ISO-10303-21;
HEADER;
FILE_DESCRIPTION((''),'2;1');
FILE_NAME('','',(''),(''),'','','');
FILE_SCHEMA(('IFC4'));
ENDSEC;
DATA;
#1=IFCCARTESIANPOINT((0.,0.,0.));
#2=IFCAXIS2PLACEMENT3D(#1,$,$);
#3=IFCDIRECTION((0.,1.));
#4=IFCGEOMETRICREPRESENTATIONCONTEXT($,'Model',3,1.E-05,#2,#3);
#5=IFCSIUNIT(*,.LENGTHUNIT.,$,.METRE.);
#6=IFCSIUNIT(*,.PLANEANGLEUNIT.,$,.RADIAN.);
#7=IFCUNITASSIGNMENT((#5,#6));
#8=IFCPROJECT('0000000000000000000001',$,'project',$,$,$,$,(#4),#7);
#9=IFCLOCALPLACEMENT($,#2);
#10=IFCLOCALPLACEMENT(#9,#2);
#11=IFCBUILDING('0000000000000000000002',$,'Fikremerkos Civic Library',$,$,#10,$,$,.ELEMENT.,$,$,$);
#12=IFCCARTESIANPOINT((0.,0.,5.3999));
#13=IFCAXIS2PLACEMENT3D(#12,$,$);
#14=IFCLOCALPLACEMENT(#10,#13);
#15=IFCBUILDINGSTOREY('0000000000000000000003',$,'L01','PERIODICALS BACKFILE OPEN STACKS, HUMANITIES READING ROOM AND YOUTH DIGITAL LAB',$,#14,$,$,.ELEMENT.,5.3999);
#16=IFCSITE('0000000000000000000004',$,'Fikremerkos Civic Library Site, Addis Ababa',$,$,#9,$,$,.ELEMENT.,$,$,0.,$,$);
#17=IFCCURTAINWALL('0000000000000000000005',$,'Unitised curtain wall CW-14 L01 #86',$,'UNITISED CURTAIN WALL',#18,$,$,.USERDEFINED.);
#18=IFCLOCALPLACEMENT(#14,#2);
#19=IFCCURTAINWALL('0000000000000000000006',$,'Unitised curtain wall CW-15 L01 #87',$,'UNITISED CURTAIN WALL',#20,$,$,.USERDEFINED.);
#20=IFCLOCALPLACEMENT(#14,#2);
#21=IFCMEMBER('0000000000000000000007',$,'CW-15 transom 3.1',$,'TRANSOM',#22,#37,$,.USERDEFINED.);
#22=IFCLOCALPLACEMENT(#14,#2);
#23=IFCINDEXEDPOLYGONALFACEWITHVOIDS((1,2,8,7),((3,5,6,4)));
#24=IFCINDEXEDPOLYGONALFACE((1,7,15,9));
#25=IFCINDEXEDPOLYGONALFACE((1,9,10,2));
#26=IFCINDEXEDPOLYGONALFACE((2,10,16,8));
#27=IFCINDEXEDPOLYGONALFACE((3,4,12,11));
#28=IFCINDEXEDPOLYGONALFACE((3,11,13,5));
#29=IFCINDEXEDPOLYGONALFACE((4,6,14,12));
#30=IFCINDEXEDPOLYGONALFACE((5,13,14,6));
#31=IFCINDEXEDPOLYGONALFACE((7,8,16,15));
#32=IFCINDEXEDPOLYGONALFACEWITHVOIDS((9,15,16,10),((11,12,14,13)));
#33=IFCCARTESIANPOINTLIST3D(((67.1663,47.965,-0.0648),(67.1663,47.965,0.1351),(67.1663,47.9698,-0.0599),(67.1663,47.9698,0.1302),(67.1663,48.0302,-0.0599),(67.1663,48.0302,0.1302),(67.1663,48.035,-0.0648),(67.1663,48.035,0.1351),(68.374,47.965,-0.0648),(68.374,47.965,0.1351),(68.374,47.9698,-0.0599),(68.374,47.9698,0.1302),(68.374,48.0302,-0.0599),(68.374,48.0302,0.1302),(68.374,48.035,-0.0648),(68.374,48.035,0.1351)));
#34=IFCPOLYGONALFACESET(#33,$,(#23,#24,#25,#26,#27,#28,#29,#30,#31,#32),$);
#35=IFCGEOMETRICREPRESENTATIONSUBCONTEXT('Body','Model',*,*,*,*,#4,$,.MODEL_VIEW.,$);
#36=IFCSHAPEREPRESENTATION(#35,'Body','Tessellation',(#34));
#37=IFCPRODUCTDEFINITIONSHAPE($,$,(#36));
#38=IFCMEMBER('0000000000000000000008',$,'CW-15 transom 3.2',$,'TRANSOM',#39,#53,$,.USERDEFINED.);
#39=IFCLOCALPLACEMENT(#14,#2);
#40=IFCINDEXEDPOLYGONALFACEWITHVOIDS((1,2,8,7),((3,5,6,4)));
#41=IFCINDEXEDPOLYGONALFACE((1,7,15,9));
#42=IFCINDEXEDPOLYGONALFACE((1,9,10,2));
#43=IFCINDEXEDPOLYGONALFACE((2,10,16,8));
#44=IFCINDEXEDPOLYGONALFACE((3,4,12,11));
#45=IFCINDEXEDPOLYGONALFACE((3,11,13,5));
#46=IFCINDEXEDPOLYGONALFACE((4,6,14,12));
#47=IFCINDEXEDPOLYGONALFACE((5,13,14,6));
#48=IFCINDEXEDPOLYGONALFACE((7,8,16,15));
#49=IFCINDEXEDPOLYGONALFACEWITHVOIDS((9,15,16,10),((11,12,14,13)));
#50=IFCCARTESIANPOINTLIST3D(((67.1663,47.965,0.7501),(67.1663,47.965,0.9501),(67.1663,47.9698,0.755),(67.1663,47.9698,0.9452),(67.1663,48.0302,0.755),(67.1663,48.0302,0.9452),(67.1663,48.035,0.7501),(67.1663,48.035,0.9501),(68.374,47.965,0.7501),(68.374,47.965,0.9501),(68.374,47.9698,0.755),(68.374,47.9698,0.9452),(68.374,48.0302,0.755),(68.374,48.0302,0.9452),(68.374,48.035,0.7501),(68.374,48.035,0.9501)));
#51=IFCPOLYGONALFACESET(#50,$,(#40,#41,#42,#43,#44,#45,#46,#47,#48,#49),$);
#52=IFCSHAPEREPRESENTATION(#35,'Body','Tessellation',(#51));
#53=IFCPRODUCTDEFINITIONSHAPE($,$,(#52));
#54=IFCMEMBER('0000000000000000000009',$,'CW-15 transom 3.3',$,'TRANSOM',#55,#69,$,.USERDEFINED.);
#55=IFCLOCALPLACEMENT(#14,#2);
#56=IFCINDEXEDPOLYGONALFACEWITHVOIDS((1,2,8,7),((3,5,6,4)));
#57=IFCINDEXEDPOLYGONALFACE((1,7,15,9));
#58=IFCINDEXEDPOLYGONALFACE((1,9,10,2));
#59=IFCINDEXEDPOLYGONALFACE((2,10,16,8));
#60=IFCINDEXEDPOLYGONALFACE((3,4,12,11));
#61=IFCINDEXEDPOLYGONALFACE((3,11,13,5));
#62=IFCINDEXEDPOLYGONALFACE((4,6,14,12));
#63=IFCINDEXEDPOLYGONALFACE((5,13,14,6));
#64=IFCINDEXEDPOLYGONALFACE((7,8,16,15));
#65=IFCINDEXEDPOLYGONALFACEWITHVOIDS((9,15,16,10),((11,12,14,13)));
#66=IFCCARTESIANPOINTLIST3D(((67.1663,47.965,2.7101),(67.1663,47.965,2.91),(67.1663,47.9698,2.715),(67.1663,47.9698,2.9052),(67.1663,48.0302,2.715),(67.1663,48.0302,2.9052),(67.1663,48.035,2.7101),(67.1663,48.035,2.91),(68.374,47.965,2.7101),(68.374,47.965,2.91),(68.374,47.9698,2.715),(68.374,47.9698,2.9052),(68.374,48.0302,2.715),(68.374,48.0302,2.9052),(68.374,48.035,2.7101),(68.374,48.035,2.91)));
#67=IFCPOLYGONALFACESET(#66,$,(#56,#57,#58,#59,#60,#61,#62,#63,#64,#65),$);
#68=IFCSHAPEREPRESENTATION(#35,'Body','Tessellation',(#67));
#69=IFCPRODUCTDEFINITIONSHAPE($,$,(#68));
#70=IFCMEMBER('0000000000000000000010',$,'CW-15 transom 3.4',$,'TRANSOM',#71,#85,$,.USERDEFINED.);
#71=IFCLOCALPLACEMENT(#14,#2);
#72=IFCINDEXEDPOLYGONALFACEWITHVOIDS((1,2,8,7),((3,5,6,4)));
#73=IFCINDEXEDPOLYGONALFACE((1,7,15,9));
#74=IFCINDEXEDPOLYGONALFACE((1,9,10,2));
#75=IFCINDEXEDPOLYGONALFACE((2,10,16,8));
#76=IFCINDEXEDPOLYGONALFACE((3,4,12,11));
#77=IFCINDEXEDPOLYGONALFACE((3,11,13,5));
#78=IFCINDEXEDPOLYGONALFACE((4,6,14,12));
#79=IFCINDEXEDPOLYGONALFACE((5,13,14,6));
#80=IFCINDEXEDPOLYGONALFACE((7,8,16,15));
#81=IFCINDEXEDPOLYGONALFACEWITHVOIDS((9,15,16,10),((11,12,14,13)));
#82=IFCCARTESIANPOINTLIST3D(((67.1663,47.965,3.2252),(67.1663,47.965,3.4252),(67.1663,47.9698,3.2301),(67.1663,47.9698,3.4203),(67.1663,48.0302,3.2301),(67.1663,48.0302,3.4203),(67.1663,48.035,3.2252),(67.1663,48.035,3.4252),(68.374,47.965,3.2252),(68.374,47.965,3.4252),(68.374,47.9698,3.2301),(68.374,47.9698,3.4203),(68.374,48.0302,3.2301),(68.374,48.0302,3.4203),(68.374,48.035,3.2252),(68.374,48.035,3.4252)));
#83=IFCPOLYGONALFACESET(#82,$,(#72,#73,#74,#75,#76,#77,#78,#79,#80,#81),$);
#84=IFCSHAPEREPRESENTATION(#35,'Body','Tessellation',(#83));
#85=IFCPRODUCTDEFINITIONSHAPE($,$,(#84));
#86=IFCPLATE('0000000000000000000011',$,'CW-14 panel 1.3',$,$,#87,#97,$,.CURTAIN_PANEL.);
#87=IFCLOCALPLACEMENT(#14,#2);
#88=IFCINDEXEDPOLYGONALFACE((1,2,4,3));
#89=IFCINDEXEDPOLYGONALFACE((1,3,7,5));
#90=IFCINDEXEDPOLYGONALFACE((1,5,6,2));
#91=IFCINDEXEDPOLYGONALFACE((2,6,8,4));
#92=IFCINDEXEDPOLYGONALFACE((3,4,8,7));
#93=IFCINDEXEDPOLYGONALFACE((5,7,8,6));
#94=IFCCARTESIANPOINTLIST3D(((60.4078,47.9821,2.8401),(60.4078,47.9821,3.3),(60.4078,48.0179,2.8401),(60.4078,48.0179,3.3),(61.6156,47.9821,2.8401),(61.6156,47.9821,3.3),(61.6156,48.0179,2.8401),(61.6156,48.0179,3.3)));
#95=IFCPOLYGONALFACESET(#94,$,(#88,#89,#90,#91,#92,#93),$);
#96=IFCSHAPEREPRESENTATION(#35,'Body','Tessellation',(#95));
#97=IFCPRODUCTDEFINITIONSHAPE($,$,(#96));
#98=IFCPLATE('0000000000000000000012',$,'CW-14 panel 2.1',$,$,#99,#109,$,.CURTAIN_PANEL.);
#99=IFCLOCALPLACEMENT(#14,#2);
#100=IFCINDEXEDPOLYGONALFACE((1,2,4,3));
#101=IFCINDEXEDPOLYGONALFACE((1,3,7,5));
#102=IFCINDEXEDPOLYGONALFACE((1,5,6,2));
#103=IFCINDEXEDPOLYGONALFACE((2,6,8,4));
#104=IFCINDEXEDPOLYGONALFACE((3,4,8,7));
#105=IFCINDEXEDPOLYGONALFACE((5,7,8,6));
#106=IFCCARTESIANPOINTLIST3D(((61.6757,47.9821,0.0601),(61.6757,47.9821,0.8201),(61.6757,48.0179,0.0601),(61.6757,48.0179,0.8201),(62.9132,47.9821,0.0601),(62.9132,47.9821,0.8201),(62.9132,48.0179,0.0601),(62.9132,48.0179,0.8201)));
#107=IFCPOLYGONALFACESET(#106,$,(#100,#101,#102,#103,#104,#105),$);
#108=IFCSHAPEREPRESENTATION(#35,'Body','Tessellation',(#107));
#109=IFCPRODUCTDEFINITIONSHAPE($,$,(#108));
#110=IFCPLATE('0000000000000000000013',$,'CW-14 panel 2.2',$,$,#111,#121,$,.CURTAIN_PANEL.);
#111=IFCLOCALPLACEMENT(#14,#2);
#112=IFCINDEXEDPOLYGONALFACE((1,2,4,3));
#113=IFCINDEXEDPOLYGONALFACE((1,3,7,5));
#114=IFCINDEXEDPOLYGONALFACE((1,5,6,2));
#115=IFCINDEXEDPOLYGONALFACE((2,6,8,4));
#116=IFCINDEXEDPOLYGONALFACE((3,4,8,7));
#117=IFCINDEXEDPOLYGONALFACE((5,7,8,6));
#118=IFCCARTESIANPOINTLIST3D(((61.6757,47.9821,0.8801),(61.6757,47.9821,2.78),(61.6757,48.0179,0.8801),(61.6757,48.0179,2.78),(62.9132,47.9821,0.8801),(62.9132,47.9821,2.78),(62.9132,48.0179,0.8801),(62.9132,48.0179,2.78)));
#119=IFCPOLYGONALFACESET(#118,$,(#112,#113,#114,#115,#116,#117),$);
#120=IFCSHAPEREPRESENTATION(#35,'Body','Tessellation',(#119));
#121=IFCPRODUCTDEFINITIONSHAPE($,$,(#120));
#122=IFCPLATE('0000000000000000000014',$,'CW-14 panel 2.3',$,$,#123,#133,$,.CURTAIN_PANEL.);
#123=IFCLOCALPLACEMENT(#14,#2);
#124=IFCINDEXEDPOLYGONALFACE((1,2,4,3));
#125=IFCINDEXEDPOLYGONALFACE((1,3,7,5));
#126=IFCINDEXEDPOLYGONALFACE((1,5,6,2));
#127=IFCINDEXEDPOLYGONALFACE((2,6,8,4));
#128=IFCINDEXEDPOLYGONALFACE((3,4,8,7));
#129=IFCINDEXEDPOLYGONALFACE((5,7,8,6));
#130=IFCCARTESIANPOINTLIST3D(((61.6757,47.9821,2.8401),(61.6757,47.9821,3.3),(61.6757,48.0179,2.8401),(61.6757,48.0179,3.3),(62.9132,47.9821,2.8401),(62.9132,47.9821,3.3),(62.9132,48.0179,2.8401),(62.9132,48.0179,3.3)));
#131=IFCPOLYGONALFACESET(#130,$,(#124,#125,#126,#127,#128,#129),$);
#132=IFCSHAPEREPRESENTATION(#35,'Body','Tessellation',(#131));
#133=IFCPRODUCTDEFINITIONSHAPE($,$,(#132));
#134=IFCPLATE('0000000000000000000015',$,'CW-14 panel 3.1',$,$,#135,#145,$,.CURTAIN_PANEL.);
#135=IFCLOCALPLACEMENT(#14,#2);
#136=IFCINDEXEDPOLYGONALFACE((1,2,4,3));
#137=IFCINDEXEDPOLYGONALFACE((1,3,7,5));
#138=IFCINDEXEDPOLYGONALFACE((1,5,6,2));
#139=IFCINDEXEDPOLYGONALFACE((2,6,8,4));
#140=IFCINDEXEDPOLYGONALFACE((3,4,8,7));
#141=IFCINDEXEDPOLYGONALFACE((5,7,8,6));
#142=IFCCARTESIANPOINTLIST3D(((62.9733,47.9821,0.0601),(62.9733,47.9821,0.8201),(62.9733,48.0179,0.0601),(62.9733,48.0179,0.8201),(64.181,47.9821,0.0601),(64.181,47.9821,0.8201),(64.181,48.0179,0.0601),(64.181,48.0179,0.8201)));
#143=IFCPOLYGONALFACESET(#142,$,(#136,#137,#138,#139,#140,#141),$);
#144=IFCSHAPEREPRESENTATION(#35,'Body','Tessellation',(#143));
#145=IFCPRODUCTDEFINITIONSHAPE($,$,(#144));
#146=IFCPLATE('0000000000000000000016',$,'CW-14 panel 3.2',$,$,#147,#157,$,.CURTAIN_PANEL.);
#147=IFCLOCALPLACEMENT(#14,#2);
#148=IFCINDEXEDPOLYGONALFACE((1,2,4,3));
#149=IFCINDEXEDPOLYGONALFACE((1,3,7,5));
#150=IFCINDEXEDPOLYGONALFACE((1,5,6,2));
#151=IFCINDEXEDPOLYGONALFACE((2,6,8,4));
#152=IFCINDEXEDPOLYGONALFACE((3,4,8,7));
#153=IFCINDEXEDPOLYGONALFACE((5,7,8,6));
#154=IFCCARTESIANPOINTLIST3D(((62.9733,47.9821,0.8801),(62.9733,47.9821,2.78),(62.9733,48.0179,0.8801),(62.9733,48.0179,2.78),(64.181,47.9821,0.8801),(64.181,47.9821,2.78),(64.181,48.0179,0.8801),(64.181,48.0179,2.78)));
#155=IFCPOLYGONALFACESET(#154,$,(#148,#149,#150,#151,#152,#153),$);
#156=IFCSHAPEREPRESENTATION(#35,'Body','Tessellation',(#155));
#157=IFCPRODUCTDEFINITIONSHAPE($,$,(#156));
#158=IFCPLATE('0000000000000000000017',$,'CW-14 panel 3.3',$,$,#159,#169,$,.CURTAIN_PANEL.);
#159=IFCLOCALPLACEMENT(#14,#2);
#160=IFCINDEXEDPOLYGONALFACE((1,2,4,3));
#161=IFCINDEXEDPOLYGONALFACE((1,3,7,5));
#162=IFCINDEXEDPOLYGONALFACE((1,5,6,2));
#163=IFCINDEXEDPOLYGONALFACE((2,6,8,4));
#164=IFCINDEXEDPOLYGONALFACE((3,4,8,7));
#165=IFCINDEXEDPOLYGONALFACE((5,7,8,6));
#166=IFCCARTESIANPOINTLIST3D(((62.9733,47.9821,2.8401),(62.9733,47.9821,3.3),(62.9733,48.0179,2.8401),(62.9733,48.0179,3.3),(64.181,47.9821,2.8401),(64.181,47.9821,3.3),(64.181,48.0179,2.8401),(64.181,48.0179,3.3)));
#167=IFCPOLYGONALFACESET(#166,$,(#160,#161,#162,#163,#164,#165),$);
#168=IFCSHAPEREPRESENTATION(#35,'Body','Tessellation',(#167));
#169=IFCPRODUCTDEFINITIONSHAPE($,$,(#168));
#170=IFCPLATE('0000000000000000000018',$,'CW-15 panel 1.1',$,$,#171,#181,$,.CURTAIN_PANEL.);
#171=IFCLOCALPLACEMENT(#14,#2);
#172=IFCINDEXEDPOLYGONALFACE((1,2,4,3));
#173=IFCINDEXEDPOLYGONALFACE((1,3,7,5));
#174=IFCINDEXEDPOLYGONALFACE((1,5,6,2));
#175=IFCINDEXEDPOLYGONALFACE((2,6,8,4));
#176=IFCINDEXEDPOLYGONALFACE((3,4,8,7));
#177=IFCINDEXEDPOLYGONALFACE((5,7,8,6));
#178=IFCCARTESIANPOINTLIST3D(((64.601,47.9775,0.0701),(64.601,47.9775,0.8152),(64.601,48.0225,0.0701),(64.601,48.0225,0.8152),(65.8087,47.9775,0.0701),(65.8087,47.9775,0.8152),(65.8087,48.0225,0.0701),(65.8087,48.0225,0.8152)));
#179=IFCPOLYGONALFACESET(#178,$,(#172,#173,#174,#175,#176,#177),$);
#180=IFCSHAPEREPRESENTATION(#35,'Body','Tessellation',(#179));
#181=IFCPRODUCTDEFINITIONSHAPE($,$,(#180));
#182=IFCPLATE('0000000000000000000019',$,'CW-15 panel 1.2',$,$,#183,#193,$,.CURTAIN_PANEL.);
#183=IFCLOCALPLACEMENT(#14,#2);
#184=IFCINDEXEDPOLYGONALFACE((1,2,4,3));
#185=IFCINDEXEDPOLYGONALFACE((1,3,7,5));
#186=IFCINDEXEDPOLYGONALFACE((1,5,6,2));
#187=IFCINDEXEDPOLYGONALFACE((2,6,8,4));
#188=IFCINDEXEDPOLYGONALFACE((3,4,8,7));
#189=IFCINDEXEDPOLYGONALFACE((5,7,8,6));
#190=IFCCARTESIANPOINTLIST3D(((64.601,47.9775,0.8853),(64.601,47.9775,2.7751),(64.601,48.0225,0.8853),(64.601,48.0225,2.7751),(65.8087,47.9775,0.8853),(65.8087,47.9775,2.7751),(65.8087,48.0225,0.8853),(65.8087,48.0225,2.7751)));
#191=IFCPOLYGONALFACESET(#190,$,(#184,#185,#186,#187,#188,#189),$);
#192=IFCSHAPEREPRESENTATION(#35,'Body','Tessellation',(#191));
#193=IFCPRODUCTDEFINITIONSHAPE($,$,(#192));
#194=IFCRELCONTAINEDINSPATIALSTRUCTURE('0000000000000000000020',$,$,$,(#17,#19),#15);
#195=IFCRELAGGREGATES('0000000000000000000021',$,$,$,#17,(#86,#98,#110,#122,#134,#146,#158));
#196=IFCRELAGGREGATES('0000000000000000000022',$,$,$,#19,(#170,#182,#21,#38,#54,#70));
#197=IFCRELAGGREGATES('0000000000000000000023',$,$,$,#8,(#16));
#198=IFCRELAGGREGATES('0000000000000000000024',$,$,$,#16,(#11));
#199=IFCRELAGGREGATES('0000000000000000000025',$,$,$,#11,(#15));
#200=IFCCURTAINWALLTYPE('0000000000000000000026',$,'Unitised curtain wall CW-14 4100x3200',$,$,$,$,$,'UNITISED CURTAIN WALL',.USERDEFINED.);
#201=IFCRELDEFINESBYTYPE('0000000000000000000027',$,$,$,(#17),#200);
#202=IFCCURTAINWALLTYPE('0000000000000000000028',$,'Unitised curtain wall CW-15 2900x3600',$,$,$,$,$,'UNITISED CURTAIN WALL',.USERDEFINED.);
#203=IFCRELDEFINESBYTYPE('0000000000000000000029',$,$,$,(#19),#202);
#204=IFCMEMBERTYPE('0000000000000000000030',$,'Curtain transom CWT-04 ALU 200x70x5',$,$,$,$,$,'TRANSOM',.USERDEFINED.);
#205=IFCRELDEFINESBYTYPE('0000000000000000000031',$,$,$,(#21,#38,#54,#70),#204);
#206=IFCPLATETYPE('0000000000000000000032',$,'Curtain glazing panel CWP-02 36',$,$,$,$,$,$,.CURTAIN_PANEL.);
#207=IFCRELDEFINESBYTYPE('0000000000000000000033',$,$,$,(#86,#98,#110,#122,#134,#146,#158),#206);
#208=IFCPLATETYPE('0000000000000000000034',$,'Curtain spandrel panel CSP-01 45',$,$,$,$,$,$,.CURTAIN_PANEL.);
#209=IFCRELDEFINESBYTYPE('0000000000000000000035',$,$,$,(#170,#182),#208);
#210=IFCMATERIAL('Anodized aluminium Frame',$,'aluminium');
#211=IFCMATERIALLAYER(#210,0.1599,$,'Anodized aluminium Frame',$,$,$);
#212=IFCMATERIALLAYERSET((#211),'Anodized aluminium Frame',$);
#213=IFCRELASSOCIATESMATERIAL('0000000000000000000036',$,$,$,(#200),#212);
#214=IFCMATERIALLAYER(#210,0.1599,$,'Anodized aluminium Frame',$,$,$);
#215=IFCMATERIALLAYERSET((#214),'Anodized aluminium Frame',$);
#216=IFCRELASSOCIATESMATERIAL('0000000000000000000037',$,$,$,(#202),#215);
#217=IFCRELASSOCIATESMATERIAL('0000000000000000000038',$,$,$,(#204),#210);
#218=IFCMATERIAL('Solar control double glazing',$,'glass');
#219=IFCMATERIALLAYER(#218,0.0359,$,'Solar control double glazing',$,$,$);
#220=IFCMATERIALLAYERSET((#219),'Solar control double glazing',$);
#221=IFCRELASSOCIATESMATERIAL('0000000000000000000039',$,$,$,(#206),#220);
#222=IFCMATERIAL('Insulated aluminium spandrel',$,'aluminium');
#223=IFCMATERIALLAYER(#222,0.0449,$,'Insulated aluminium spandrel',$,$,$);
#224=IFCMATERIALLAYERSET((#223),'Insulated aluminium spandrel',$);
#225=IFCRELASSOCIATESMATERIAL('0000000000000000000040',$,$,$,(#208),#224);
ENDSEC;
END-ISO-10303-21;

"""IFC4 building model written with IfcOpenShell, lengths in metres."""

from ifc_helpers import new_model, si_unit, direction, frame, origin, origin_2d, place, context, subcontext, project, spatial, rectangle, hollow_rectangle, extrude, material, layer, layer_set, material_profile, profile_set, type_object, element, aggregate, save


model = new_model("IFC4")

# Units and contexts
model_context = context("Model", 3, precision=1e-05, world=origin(), true_north=direction((0.0, 1.0)))
body_context = subcontext(model_context, "Body", "Model", "MODEL_VIEW")
ifc_project = project(units=[si_unit("LENGTHUNIT", "METRE"), si_unit("PLANEANGLEUNIT", "RADIAN")], contexts=[model_context])

# Site, building, storey
site_placement = place(None, origin())
site = spatial("IfcSite", under=ifc_project, at=site_placement, Name="Fikremerkos Civic Library Site, Addis Ababa", CompositionType="ELEMENT", RefElevation=0.0)
building_placement = place(site_placement, origin())
building = spatial("IfcBuilding", under=site, at=building_placement, Name="Fikremerkos Civic Library", CompositionType="ELEMENT")
storey_placement = place(building_placement, frame((0.0, 0.0, 5.3999)))
storey = spatial("IfcBuildingStorey", under=building, at=storey_placement, Name="L01", Description="PERIODICALS BACKFILE OPEN STACKS, HUMANITIES READING ROOM AND YOUTH DIGITAL LAB", CompositionType="ELEMENT", Elevation=5.3999)

# Curtain walls
ifc_material_1 = material(Name="Anodized aluminium Frame", Category="aluminium")
ifc_layer_1 = layer(ifc_material_1, 0.1599, Name="Anodized aluminium Frame")
ifc_layer_set_1 = layer_set([ifc_layer_1], Name="Anodized aluminium Frame")
curtain_wall_type_1 = type_object("IfcCurtainWallType", Name="Unitised curtain wall CW-14 4100x3200", ElementType="UNITISED CURTAIN WALL", PredefinedType="USERDEFINED", material=ifc_layer_set_1)
curtain_wall_1_placement = place(storey_placement, origin())
curtain_wall_1 = element("IfcCurtainWall", 1, at=curtain_wall_1_placement, inside=storey, type_object=curtain_wall_type_1, Name="Unitised curtain wall CW-14 L01 #86", ObjectType="UNITISED CURTAIN WALL", PredefinedType="USERDEFINED")
ifc_layer_2 = layer(ifc_material_1, 0.1599, Name="Anodized aluminium Frame")
ifc_layer_set_2 = layer_set([ifc_layer_2], Name="Anodized aluminium Frame")
curtain_wall_type_2 = type_object("IfcCurtainWallType", Name="Unitised curtain wall CW-15 2900x3600", ElementType="UNITISED CURTAIN WALL", PredefinedType="USERDEFINED", material=ifc_layer_set_2)
curtain_wall_2_placement = place(storey_placement, origin())
curtain_wall_2 = element("IfcCurtainWall", 2, at=curtain_wall_2_placement, inside=storey, type_object=curtain_wall_type_2, Name="Unitised curtain wall CW-15 L01 #87", ObjectType="UNITISED CURTAIN WALL", PredefinedType="USERDEFINED")

# Members
ifc_material_profile_1 = material_profile(ifc_material_1, hollow_rectangle(XDim=0.0701, YDim=0.2, WallThickness=0.0049, at=origin_2d()), Name="ALU 200x70x5")
ifc_profile_set_1 = profile_set([ifc_material_profile_1], Name="Anodized aluminium Frame")
member_type_1 = type_object("IfcMemberType", Name="Curtain transom CWT-04 ALU 200x70x5", ElementType="TRANSOM", PredefinedType="USERDEFINED", material=ifc_profile_set_1)
member_1_placement = place(storey_placement, frame((67.1663, 48.0, 0.0352), z_axis=(1.0, 0.0, 0.0), x_axis=(0.0, 1.0, 0.0)))
member_1 = element("IfcMember", 3, at=member_1_placement, type_object=member_type_1, Name="CW-15 transom 3.1", ObjectType="TRANSOM", PredefinedType="USERDEFINED", context=body_context, shape_type="SweptSolid", body=[
    extrude(hollow_rectangle(XDim=0.0701, YDim=0.2, WallThickness=0.0049, at=origin_2d()), origin(), (0.0, 0.0, 1.0), 1.2078),
])
member_2_placement = place(storey_placement, frame((67.1663, 48.0, 0.8501), z_axis=(1.0, 0.0, 0.0), x_axis=(0.0, 1.0, 0.0)))
member_2 = element("IfcMember", 4, at=member_2_placement, type_object=member_type_1, Name="CW-15 transom 3.2", ObjectType="TRANSOM", PredefinedType="USERDEFINED", context=body_context, shape_type="SweptSolid", body=[
    extrude(hollow_rectangle(XDim=0.0701, YDim=0.2, WallThickness=0.0049, at=origin_2d()), origin(), (0.0, 0.0, 1.0), 1.2078),
])
member_3_placement = place(storey_placement, frame((67.1663, 48.0, 2.8101), z_axis=(1.0, 0.0, 0.0), x_axis=(0.0, 1.0, 0.0)))
member_3 = element("IfcMember", 5, at=member_3_placement, type_object=member_type_1, Name="CW-15 transom 3.3", ObjectType="TRANSOM", PredefinedType="USERDEFINED", context=body_context, shape_type="SweptSolid", body=[
    extrude(hollow_rectangle(XDim=0.0701, YDim=0.2, WallThickness=0.0049, at=origin_2d()), origin(), (0.0, 0.0, 1.0), 1.2078),
])
member_4_placement = place(storey_placement, frame((67.1663, 48.0, 3.3252), z_axis=(1.0, 0.0, 0.0), x_axis=(0.0, 1.0, 0.0)))
member_4 = element("IfcMember", 6, at=member_4_placement, type_object=member_type_1, Name="CW-15 transom 3.4", ObjectType="TRANSOM", PredefinedType="USERDEFINED", context=body_context, shape_type="SweptSolid", body=[
    extrude(hollow_rectangle(XDim=0.0701, YDim=0.2, WallThickness=0.0049, at=origin_2d()), origin(), (0.0, 0.0, 1.0), 1.2078),
])

# Plates
ifc_material_2 = material(Name="Solar control double glazing", Category="glass")
ifc_layer_3 = layer(ifc_material_2, 0.0359, Name="Solar control double glazing")
ifc_layer_set_3 = layer_set([ifc_layer_3], Name="Solar control double glazing")
plate_type_1 = type_object("IfcPlateType", Name="Curtain glazing panel CWP-02 36", PredefinedType="CURTAIN_PANEL", material=ifc_layer_set_3)
plate_1_placement = place(storey_placement, frame((61.0117, 48.0, 2.8401), z_axis=(0.0, 0.0, 1.0), x_axis=(1.0, 0.0, 0.0)))
plate_1 = element("IfcPlate", 7, at=plate_1_placement, type_object=plate_type_1, Name="CW-14 panel 1.3", PredefinedType="CURTAIN_PANEL", context=body_context, shape_type="SweptSolid", body=[
    extrude(rectangle(XDim=1.2078, YDim=0.0359, at=origin_2d()), origin(), (0.0, 0.0, 1.0), 0.46),
])
plate_2_placement = place(storey_placement, frame((62.2944, 48.0, 0.0601), z_axis=(0.0, 0.0, 1.0), x_axis=(1.0, 0.0, 0.0)))
plate_2 = element("IfcPlate", 8, at=plate_2_placement, type_object=plate_type_1, Name="CW-14 panel 2.1", PredefinedType="CURTAIN_PANEL", context=body_context, shape_type="SweptSolid", body=[
    extrude(rectangle(XDim=1.2375, YDim=0.0359, at=origin_2d()), origin(), (0.0, 0.0, 1.0), 0.76),
])
plate_3_placement = place(storey_placement, frame((62.2944, 48.0, 0.8801), z_axis=(0.0, 0.0, 1.0), x_axis=(1.0, 0.0, 0.0)))
plate_3 = element("IfcPlate", 9, at=plate_3_placement, type_object=plate_type_1, Name="CW-14 panel 2.2", PredefinedType="CURTAIN_PANEL", context=body_context, shape_type="SweptSolid", body=[
    extrude(rectangle(XDim=1.2375, YDim=0.0359, at=origin_2d()), origin(), (0.0, 0.0, 1.0), 1.8999),
])
plate_4_placement = place(storey_placement, frame((62.2944, 48.0, 2.8401), z_axis=(0.0, 0.0, 1.0), x_axis=(1.0, 0.0, 0.0)))
plate_4 = element("IfcPlate", 10, at=plate_4_placement, type_object=plate_type_1, Name="CW-14 panel 2.3", PredefinedType="CURTAIN_PANEL", context=body_context, shape_type="SweptSolid", body=[
    extrude(rectangle(XDim=1.2375, YDim=0.0359, at=origin_2d()), origin(), (0.0, 0.0, 1.0), 0.46),
])
plate_5_placement = place(storey_placement, frame((63.5771, 48.0, 0.0601), z_axis=(0.0, 0.0, 1.0), x_axis=(1.0, 0.0, 0.0)))
plate_5 = element("IfcPlate", 11, at=plate_5_placement, type_object=plate_type_1, Name="CW-14 panel 3.1", PredefinedType="CURTAIN_PANEL", context=body_context, shape_type="SweptSolid", body=[
    extrude(rectangle(XDim=1.2078, YDim=0.0359, at=origin_2d()), origin(), (0.0, 0.0, 1.0), 0.76),
])
plate_6_placement = place(storey_placement, frame((63.5771, 48.0, 0.8801), z_axis=(0.0, 0.0, 1.0), x_axis=(1.0, 0.0, 0.0)))
plate_6 = element("IfcPlate", 12, at=plate_6_placement, type_object=plate_type_1, Name="CW-14 panel 3.2", PredefinedType="CURTAIN_PANEL", context=body_context, shape_type="SweptSolid", body=[
    extrude(rectangle(XDim=1.2078, YDim=0.0359, at=origin_2d()), origin(), (0.0, 0.0, 1.0), 1.8999),
])
plate_7_placement = place(storey_placement, frame((63.5771, 48.0, 2.8401), z_axis=(0.0, 0.0, 1.0), x_axis=(1.0, 0.0, 0.0)))
plate_7 = element("IfcPlate", 13, at=plate_7_placement, type_object=plate_type_1, Name="CW-14 panel 3.3", PredefinedType="CURTAIN_PANEL", context=body_context, shape_type="SweptSolid", body=[
    extrude(rectangle(XDim=1.2078, YDim=0.0359, at=origin_2d()), origin(), (0.0, 0.0, 1.0), 0.46),
])
aggregate(curtain_wall_1, [plate_1, plate_2, plate_3, plate_4, plate_5, plate_6, plate_7])
ifc_material_3 = material(Name="Insulated aluminium spandrel", Category="aluminium")
ifc_layer_4 = layer(ifc_material_3, 0.0449, Name="Insulated aluminium spandrel")
ifc_layer_set_4 = layer_set([ifc_layer_4], Name="Insulated aluminium spandrel")
plate_type_2 = type_object("IfcPlateType", Name="Curtain spandrel panel CSP-01 45", PredefinedType="CURTAIN_PANEL", material=ifc_layer_set_4)
plate_8_placement = place(storey_placement, frame((65.2048, 48.0, 0.0701), z_axis=(0.0, 0.0, 1.0), x_axis=(1.0, 0.0, 0.0)))
plate_8 = element("IfcPlate", 14, at=plate_8_placement, type_object=plate_type_2, Name="CW-15 panel 1.1", PredefinedType="CURTAIN_PANEL", context=body_context, shape_type="SweptSolid", body=[
    extrude(rectangle(XDim=1.2078, YDim=0.0449, at=origin_2d()), origin(), (0.0, 0.0, 1.0), 0.7451),
])
plate_9_placement = place(storey_placement, frame((65.2048, 48.0, 0.8853), z_axis=(0.0, 0.0, 1.0), x_axis=(1.0, 0.0, 0.0)))
plate_9 = element("IfcPlate", 15, at=plate_9_placement, type_object=plate_type_2, Name="CW-15 panel 1.2", PredefinedType="CURTAIN_PANEL", context=body_context, shape_type="SweptSolid", body=[
    extrude(rectangle(XDim=1.2078, YDim=0.0449, at=origin_2d()), origin(), (0.0, 0.0, 1.0), 1.8899),
])
aggregate(curtain_wall_2, [plate_8, plate_9, member_1, member_2, member_3, member_4])

save(model, "model.ifc")
